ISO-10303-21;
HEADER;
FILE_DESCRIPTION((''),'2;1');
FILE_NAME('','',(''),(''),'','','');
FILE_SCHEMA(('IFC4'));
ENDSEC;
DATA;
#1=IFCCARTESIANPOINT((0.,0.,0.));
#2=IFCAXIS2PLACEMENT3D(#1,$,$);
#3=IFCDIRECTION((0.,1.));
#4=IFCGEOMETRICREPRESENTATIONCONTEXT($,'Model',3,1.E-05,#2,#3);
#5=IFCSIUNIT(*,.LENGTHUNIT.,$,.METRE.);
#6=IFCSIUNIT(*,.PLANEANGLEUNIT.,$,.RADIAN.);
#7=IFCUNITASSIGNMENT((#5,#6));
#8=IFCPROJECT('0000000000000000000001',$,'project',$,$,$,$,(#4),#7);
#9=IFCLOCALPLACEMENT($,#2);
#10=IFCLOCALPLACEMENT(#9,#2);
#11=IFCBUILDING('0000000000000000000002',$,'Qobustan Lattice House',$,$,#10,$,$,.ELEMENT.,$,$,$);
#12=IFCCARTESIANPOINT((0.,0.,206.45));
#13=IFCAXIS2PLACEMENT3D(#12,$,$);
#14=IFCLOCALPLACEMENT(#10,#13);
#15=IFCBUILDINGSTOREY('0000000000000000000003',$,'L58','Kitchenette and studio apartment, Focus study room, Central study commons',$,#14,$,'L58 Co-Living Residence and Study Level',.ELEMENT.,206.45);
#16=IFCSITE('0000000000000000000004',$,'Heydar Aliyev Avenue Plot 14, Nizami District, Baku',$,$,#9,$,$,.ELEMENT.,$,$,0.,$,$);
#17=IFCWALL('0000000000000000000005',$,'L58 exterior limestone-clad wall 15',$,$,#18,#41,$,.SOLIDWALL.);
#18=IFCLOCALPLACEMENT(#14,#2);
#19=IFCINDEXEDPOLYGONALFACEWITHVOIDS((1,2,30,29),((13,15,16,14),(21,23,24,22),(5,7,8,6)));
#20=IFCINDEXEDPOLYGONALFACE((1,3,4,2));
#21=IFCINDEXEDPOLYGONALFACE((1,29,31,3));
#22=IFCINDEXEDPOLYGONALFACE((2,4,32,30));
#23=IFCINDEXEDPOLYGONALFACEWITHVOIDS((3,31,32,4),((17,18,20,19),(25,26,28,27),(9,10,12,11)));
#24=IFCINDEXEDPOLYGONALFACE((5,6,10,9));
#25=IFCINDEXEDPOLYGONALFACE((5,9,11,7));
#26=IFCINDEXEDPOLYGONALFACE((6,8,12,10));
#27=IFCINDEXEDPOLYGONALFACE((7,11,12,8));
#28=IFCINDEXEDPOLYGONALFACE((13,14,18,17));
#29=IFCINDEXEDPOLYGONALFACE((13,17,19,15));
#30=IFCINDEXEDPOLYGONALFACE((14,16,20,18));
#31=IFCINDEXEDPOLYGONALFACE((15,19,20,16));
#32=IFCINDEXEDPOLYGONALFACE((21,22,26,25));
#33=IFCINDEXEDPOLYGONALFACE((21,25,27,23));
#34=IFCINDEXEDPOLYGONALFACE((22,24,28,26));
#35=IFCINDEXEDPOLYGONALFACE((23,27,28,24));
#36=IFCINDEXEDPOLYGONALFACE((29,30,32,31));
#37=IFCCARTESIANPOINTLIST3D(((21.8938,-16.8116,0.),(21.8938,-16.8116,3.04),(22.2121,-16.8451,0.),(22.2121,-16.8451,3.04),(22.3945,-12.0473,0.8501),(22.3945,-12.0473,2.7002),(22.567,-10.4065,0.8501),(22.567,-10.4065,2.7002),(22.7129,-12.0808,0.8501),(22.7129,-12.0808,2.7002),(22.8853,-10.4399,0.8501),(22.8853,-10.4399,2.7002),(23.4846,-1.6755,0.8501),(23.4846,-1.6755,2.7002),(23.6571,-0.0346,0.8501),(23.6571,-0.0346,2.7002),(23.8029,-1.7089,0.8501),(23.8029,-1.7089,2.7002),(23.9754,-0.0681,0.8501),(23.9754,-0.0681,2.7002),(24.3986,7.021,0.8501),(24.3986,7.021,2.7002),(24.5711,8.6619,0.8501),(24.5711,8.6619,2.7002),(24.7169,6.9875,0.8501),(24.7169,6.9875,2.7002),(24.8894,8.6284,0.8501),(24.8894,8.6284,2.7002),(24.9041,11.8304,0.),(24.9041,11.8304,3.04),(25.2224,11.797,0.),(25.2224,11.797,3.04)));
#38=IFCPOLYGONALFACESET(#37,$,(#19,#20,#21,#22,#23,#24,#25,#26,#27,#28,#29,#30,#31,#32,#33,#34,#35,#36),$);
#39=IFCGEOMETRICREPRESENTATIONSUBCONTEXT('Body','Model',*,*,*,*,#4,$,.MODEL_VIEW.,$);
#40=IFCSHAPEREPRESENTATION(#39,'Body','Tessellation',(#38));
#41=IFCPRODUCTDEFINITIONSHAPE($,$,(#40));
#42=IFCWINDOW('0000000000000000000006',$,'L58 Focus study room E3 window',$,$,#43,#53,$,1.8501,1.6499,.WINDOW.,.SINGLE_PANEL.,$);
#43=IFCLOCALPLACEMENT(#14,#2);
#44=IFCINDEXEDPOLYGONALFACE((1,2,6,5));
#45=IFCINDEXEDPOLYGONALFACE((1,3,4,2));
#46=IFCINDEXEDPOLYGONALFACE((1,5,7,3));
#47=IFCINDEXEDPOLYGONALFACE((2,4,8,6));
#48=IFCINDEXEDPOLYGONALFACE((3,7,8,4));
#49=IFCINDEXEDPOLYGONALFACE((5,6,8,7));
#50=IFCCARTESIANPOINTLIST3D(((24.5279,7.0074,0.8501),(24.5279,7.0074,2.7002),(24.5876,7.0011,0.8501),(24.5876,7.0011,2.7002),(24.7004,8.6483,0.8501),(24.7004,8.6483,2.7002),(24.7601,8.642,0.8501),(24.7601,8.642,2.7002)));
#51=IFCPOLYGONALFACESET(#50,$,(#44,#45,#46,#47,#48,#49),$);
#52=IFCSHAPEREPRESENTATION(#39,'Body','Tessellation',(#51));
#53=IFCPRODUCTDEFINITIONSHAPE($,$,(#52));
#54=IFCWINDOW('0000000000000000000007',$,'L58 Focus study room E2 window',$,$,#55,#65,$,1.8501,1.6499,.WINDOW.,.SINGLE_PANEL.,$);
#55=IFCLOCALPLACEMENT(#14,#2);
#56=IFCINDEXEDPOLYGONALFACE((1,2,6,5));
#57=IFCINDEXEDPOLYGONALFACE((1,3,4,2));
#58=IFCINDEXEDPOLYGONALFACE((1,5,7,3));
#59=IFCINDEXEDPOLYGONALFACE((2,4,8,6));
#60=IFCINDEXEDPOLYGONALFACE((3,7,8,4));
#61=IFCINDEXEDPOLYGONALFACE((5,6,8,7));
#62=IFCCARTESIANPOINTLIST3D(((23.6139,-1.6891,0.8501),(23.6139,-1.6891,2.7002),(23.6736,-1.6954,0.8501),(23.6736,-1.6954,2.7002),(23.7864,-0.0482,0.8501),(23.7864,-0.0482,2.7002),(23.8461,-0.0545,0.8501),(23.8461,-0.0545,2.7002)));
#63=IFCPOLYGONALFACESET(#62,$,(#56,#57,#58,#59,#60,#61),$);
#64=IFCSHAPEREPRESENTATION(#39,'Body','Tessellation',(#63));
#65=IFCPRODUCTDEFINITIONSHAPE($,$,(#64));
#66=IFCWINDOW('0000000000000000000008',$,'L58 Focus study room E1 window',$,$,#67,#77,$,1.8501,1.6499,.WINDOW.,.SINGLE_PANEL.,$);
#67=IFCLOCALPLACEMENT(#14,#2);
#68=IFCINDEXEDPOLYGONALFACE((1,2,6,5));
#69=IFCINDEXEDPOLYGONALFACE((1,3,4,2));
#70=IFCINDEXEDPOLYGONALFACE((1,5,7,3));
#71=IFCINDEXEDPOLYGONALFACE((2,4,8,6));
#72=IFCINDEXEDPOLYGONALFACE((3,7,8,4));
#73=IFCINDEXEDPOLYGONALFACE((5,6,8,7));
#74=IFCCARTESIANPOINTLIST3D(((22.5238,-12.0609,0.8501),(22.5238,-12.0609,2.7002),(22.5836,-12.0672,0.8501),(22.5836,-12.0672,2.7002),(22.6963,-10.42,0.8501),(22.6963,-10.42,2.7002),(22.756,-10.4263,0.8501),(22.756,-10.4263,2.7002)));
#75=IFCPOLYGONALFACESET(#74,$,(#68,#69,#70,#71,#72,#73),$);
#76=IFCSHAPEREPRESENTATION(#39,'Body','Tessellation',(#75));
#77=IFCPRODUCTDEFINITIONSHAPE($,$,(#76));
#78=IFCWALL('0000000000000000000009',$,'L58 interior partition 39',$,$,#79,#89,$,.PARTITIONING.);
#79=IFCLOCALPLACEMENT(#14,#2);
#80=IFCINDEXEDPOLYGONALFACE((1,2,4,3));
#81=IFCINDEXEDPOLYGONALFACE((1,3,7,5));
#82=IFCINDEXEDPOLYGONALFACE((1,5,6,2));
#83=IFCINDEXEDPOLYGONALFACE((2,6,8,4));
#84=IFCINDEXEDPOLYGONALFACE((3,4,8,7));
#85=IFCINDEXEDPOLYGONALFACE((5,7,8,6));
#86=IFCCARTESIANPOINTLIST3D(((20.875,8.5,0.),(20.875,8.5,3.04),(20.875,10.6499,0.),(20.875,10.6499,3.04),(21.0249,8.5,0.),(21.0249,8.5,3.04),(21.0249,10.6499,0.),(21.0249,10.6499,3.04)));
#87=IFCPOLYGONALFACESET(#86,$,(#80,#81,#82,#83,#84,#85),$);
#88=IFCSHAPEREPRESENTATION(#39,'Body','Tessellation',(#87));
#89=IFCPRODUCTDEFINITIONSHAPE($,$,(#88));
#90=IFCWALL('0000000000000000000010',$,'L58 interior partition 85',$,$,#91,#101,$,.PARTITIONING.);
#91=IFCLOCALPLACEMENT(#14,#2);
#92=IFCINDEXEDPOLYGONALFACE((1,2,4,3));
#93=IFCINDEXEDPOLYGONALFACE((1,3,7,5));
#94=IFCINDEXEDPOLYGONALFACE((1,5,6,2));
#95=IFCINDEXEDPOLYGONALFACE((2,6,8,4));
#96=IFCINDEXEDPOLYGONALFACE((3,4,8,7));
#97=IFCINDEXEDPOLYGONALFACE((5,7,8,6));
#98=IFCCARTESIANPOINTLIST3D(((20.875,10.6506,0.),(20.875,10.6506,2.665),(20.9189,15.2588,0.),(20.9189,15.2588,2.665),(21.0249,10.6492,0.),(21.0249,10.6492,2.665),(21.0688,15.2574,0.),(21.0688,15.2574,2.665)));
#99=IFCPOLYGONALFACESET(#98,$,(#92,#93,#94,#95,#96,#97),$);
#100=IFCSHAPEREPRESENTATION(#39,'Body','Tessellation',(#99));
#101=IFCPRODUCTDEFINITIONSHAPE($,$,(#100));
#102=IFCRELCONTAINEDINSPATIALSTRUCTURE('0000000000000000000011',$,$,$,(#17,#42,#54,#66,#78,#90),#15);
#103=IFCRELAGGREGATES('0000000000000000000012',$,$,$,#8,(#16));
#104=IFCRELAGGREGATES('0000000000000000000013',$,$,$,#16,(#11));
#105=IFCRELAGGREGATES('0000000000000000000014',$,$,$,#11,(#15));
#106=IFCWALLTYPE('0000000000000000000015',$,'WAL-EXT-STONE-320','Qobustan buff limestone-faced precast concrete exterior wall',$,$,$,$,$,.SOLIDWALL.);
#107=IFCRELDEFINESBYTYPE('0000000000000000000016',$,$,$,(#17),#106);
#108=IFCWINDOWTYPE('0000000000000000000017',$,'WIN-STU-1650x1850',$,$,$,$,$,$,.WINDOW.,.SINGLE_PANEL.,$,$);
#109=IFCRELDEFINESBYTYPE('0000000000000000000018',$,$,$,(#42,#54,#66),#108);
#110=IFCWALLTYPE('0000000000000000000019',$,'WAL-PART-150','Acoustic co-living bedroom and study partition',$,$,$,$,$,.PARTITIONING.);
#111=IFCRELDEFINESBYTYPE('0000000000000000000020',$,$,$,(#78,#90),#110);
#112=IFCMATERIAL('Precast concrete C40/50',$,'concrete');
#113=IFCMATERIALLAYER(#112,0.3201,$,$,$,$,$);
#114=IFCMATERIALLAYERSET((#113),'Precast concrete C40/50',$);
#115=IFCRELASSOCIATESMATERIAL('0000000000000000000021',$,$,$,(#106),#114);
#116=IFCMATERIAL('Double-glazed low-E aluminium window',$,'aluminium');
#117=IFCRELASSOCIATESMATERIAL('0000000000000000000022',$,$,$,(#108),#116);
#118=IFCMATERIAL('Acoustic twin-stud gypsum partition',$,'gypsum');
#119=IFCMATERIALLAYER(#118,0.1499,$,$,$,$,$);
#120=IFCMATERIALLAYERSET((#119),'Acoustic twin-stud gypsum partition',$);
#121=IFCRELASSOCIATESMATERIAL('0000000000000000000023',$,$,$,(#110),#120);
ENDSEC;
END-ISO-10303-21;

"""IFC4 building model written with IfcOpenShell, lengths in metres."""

from ifc_helpers import new_model, si_unit, direction, frame, frame_2d, origin, place, context, subcontext, project, spatial, rectangle, extrude, material, layer, layer_set, type_object, element, fill, save


model = new_model("IFC4")

# Units and contexts
model_context = context("Model", 3, precision=1e-05, world=origin(), true_north=direction((0.0, 1.0)))
body_context = subcontext(model_context, "Body", "Model", "MODEL_VIEW")
ifc_project = project(units=[si_unit("LENGTHUNIT", "METRE"), si_unit("PLANEANGLEUNIT", "RADIAN")], contexts=[model_context])

# Site, building, storey
site_placement = place(None, origin())
site = spatial("IfcSite", under=ifc_project, at=site_placement, Name="Heydar Aliyev Avenue Plot 14, Nizami District, Baku", CompositionType="ELEMENT", RefElevation=0.0)
building_placement = place(site_placement, origin())
building = spatial("IfcBuilding", under=site, at=building_placement, Name="Qobustan Lattice House", CompositionType="ELEMENT")
storey_placement = place(building_placement, frame((0.0, 0.0, 206.45)))
storey = spatial("IfcBuildingStorey", under=building, at=storey_placement, Name="L58", Description="Kitchenette and studio apartment, Focus study room, Central study commons", LongName="L58 Co-Living Residence and Study Level", CompositionType="ELEMENT", Elevation=206.45)

# Shared definitions
ifc_material_1 = material(Name="Precast concrete C40/50", Category="concrete")
ifc_layer_1 = layer(ifc_material_1, 0.3201)
ifc_layer_set_1 = layer_set([ifc_layer_1], Name="Precast concrete C40/50")
wall_type_1 = type_object("IfcWallType", Name="WAL-EXT-STONE-320", Description="Qobustan buff limestone-faced precast concrete exterior wall", PredefinedType="SOLIDWALL", material=ifc_layer_set_1)

# Wall, openings, windows
wall_1_placement = place(storey_placement, frame((25.0632, 11.8137, 0.0), z_axis=(0.0, 0.0, 1.0), x_axis=(-0.104523, -0.994522, 0.0)))
wall_1 = element("IfcWall", 1, at=wall_1_placement, inside=storey, type_object=wall_type_1, Name="L58 exterior limestone-clad wall 15", PredefinedType="SOLIDWALL", context=body_context, shape_type="SweptSolid", body=[
    extrude(rectangle(XDim=28.7998, YDim=0.3201, at=frame_2d((14.3999, 0.0))), origin(), (0.0, 0.0, 1.0), 3.04),
])
opening_1_placement = place(wall_1_placement, frame((3.186, 0.0, 0.8501)))
opening_1 = element("IfcOpeningElement", 2, at=opening_1_placement, cuts=wall_1, PredefinedType="OPENING", context=body_context, shape_type="SweptSolid", body=[
    extrude(rectangle(XDim=1.6499, YDim=1.8501, at=frame_2d((0.825, 0.925))), frame((0.0, 0.1699, 0.0), z_axis=(0.0, -1.0, 0.0), x_axis=(1.0, 0.0, 0.0)), (0.0, 0.0, 1.0), 0.3401),
])
opening_2_placement = place(wall_1_placement, frame((11.9304, 0.0, 0.8501)))
opening_2 = element("IfcOpeningElement", 3, at=opening_2_placement, cuts=wall_1, PredefinedType="OPENING", context=body_context, shape_type="SweptSolid", body=[
    extrude(rectangle(XDim=1.6499, YDim=1.8501, at=frame_2d((0.825, 0.925))), frame((0.0, 0.1699, 0.0), z_axis=(0.0, -1.0, 0.0), x_axis=(1.0, 0.0, 0.0)), (0.0, 0.0, 1.0), 0.3401),
])
opening_3_placement = place(wall_1_placement, frame((22.3594, 0.0, 0.8501)))
opening_3 = element("IfcOpeningElement", 4, at=opening_3_placement, cuts=wall_1, PredefinedType="OPENING", context=body_context, shape_type="SweptSolid", body=[
    extrude(rectangle(XDim=1.6499, YDim=1.8501, at=frame_2d((0.825, 0.925))), frame((0.0, 0.1699, 0.0), z_axis=(0.0, -1.0, 0.0), x_axis=(1.0, 0.0, 0.0)), (0.0, 0.0, 1.0), 0.3401),
])
ifc_material_2 = material(Name="Double-glazed low-E aluminium window", Category="aluminium")
window_type = type_object("IfcWindowType", Name="WIN-STU-1650x1850", PartitioningType="SINGLE_PANEL", PredefinedType="WINDOW", material=ifc_material_2)
window_1_placement = place(opening_1_placement, origin())
window_1 = element("IfcWindow", 5, at=window_1_placement, inside=storey, type_object=window_type, Name="L58 Focus study room E3 window", OverallHeight=1.8501, OverallWidth=1.6499, PartitioningType="SINGLE_PANEL", PredefinedType="WINDOW", context=body_context, shape_type="SweptSolid", body=[
    extrude(rectangle(XDim=1.6499, YDim=1.8501, at=frame_2d((0.825, 0.925))), frame((0.0, 0.03, 0.0), z_axis=(0.0, -1.0, 0.0), x_axis=(1.0, 0.0, 0.0)), (0.0, 0.0, 1.0), 0.0601),
])
fill(opening_1, window_1)
window_2_placement = place(opening_2_placement, origin())
window_2 = element("IfcWindow", 6, at=window_2_placement, inside=storey, type_object=window_type, Name="L58 Focus study room E2 window", OverallHeight=1.8501, OverallWidth=1.6499, PartitioningType="SINGLE_PANEL", PredefinedType="WINDOW", context=body_context, shape_type="SweptSolid", body=[
    extrude(rectangle(XDim=1.6499, YDim=1.8501, at=frame_2d((0.825, 0.925))), frame((0.0, 0.03, 0.0), z_axis=(0.0, -1.0, 0.0), x_axis=(1.0, 0.0, 0.0)), (0.0, 0.0, 1.0), 0.0601),
])
fill(opening_2, window_2)
window_3_placement = place(opening_3_placement, origin())
window_3 = element("IfcWindow", 7, at=window_3_placement, inside=storey, type_object=window_type, Name="L58 Focus study room E1 window", OverallHeight=1.8501, OverallWidth=1.6499, PartitioningType="SINGLE_PANEL", PredefinedType="WINDOW", context=body_context, shape_type="SweptSolid", body=[
    extrude(rectangle(XDim=1.6499, YDim=1.8501, at=frame_2d((0.825, 0.925))), frame((0.0, 0.03, 0.0), z_axis=(0.0, -1.0, 0.0), x_axis=(1.0, 0.0, 0.0)), (0.0, 0.0, 1.0), 0.0601),
])
fill(opening_3, window_3)

# Wall
ifc_material_3 = material(Name="Acoustic twin-stud gypsum partition", Category="gypsum")
ifc_layer_2 = layer(ifc_material_3, 0.1499)
ifc_layer_set_2 = layer_set([ifc_layer_2], Name="Acoustic twin-stud gypsum partition")
wall_type_2 = type_object("IfcWallType", Name="WAL-PART-150", Description="Acoustic co-living bedroom and study partition", PredefinedType="PARTITIONING", material=ifc_layer_set_2)
wall_2_placement = place(storey_placement, frame((20.95, 10.6499, 0.0), z_axis=(0.0, 0.0, 1.0), x_axis=(0.0, -1.0, 0.0)))
element("IfcWall", 8, at=wall_2_placement, inside=storey, type_object=wall_type_2, Name="L58 interior partition 39", PredefinedType="PARTITIONING", context=body_context, shape_type="SweptSolid", body=[
    extrude(rectangle(XDim=2.1499, YDim=0.1499, at=frame_2d((1.075, 0.0))), origin(), (0.0, 0.0, 1.0), 3.04),
])

# Wall
wall_3_placement = place(storey_placement, frame((20.95, 10.6499, 0.0), z_axis=(0.0, 0.0, 1.0), x_axis=(0.009536, 0.999955, 0.0)))
element("IfcWall", 9, at=wall_3_placement, inside=storey, type_object=wall_type_2, Name="L58 interior partition 85", PredefinedType="PARTITIONING", context=body_context, shape_type="SweptSolid", body=[
    extrude(rectangle(XDim=4.6084, YDim=0.1499, at=frame_2d((2.3042, 0.0))), origin(), (0.0, 0.0, 1.0), 2.665),
])

save(model, "model.ifc")
